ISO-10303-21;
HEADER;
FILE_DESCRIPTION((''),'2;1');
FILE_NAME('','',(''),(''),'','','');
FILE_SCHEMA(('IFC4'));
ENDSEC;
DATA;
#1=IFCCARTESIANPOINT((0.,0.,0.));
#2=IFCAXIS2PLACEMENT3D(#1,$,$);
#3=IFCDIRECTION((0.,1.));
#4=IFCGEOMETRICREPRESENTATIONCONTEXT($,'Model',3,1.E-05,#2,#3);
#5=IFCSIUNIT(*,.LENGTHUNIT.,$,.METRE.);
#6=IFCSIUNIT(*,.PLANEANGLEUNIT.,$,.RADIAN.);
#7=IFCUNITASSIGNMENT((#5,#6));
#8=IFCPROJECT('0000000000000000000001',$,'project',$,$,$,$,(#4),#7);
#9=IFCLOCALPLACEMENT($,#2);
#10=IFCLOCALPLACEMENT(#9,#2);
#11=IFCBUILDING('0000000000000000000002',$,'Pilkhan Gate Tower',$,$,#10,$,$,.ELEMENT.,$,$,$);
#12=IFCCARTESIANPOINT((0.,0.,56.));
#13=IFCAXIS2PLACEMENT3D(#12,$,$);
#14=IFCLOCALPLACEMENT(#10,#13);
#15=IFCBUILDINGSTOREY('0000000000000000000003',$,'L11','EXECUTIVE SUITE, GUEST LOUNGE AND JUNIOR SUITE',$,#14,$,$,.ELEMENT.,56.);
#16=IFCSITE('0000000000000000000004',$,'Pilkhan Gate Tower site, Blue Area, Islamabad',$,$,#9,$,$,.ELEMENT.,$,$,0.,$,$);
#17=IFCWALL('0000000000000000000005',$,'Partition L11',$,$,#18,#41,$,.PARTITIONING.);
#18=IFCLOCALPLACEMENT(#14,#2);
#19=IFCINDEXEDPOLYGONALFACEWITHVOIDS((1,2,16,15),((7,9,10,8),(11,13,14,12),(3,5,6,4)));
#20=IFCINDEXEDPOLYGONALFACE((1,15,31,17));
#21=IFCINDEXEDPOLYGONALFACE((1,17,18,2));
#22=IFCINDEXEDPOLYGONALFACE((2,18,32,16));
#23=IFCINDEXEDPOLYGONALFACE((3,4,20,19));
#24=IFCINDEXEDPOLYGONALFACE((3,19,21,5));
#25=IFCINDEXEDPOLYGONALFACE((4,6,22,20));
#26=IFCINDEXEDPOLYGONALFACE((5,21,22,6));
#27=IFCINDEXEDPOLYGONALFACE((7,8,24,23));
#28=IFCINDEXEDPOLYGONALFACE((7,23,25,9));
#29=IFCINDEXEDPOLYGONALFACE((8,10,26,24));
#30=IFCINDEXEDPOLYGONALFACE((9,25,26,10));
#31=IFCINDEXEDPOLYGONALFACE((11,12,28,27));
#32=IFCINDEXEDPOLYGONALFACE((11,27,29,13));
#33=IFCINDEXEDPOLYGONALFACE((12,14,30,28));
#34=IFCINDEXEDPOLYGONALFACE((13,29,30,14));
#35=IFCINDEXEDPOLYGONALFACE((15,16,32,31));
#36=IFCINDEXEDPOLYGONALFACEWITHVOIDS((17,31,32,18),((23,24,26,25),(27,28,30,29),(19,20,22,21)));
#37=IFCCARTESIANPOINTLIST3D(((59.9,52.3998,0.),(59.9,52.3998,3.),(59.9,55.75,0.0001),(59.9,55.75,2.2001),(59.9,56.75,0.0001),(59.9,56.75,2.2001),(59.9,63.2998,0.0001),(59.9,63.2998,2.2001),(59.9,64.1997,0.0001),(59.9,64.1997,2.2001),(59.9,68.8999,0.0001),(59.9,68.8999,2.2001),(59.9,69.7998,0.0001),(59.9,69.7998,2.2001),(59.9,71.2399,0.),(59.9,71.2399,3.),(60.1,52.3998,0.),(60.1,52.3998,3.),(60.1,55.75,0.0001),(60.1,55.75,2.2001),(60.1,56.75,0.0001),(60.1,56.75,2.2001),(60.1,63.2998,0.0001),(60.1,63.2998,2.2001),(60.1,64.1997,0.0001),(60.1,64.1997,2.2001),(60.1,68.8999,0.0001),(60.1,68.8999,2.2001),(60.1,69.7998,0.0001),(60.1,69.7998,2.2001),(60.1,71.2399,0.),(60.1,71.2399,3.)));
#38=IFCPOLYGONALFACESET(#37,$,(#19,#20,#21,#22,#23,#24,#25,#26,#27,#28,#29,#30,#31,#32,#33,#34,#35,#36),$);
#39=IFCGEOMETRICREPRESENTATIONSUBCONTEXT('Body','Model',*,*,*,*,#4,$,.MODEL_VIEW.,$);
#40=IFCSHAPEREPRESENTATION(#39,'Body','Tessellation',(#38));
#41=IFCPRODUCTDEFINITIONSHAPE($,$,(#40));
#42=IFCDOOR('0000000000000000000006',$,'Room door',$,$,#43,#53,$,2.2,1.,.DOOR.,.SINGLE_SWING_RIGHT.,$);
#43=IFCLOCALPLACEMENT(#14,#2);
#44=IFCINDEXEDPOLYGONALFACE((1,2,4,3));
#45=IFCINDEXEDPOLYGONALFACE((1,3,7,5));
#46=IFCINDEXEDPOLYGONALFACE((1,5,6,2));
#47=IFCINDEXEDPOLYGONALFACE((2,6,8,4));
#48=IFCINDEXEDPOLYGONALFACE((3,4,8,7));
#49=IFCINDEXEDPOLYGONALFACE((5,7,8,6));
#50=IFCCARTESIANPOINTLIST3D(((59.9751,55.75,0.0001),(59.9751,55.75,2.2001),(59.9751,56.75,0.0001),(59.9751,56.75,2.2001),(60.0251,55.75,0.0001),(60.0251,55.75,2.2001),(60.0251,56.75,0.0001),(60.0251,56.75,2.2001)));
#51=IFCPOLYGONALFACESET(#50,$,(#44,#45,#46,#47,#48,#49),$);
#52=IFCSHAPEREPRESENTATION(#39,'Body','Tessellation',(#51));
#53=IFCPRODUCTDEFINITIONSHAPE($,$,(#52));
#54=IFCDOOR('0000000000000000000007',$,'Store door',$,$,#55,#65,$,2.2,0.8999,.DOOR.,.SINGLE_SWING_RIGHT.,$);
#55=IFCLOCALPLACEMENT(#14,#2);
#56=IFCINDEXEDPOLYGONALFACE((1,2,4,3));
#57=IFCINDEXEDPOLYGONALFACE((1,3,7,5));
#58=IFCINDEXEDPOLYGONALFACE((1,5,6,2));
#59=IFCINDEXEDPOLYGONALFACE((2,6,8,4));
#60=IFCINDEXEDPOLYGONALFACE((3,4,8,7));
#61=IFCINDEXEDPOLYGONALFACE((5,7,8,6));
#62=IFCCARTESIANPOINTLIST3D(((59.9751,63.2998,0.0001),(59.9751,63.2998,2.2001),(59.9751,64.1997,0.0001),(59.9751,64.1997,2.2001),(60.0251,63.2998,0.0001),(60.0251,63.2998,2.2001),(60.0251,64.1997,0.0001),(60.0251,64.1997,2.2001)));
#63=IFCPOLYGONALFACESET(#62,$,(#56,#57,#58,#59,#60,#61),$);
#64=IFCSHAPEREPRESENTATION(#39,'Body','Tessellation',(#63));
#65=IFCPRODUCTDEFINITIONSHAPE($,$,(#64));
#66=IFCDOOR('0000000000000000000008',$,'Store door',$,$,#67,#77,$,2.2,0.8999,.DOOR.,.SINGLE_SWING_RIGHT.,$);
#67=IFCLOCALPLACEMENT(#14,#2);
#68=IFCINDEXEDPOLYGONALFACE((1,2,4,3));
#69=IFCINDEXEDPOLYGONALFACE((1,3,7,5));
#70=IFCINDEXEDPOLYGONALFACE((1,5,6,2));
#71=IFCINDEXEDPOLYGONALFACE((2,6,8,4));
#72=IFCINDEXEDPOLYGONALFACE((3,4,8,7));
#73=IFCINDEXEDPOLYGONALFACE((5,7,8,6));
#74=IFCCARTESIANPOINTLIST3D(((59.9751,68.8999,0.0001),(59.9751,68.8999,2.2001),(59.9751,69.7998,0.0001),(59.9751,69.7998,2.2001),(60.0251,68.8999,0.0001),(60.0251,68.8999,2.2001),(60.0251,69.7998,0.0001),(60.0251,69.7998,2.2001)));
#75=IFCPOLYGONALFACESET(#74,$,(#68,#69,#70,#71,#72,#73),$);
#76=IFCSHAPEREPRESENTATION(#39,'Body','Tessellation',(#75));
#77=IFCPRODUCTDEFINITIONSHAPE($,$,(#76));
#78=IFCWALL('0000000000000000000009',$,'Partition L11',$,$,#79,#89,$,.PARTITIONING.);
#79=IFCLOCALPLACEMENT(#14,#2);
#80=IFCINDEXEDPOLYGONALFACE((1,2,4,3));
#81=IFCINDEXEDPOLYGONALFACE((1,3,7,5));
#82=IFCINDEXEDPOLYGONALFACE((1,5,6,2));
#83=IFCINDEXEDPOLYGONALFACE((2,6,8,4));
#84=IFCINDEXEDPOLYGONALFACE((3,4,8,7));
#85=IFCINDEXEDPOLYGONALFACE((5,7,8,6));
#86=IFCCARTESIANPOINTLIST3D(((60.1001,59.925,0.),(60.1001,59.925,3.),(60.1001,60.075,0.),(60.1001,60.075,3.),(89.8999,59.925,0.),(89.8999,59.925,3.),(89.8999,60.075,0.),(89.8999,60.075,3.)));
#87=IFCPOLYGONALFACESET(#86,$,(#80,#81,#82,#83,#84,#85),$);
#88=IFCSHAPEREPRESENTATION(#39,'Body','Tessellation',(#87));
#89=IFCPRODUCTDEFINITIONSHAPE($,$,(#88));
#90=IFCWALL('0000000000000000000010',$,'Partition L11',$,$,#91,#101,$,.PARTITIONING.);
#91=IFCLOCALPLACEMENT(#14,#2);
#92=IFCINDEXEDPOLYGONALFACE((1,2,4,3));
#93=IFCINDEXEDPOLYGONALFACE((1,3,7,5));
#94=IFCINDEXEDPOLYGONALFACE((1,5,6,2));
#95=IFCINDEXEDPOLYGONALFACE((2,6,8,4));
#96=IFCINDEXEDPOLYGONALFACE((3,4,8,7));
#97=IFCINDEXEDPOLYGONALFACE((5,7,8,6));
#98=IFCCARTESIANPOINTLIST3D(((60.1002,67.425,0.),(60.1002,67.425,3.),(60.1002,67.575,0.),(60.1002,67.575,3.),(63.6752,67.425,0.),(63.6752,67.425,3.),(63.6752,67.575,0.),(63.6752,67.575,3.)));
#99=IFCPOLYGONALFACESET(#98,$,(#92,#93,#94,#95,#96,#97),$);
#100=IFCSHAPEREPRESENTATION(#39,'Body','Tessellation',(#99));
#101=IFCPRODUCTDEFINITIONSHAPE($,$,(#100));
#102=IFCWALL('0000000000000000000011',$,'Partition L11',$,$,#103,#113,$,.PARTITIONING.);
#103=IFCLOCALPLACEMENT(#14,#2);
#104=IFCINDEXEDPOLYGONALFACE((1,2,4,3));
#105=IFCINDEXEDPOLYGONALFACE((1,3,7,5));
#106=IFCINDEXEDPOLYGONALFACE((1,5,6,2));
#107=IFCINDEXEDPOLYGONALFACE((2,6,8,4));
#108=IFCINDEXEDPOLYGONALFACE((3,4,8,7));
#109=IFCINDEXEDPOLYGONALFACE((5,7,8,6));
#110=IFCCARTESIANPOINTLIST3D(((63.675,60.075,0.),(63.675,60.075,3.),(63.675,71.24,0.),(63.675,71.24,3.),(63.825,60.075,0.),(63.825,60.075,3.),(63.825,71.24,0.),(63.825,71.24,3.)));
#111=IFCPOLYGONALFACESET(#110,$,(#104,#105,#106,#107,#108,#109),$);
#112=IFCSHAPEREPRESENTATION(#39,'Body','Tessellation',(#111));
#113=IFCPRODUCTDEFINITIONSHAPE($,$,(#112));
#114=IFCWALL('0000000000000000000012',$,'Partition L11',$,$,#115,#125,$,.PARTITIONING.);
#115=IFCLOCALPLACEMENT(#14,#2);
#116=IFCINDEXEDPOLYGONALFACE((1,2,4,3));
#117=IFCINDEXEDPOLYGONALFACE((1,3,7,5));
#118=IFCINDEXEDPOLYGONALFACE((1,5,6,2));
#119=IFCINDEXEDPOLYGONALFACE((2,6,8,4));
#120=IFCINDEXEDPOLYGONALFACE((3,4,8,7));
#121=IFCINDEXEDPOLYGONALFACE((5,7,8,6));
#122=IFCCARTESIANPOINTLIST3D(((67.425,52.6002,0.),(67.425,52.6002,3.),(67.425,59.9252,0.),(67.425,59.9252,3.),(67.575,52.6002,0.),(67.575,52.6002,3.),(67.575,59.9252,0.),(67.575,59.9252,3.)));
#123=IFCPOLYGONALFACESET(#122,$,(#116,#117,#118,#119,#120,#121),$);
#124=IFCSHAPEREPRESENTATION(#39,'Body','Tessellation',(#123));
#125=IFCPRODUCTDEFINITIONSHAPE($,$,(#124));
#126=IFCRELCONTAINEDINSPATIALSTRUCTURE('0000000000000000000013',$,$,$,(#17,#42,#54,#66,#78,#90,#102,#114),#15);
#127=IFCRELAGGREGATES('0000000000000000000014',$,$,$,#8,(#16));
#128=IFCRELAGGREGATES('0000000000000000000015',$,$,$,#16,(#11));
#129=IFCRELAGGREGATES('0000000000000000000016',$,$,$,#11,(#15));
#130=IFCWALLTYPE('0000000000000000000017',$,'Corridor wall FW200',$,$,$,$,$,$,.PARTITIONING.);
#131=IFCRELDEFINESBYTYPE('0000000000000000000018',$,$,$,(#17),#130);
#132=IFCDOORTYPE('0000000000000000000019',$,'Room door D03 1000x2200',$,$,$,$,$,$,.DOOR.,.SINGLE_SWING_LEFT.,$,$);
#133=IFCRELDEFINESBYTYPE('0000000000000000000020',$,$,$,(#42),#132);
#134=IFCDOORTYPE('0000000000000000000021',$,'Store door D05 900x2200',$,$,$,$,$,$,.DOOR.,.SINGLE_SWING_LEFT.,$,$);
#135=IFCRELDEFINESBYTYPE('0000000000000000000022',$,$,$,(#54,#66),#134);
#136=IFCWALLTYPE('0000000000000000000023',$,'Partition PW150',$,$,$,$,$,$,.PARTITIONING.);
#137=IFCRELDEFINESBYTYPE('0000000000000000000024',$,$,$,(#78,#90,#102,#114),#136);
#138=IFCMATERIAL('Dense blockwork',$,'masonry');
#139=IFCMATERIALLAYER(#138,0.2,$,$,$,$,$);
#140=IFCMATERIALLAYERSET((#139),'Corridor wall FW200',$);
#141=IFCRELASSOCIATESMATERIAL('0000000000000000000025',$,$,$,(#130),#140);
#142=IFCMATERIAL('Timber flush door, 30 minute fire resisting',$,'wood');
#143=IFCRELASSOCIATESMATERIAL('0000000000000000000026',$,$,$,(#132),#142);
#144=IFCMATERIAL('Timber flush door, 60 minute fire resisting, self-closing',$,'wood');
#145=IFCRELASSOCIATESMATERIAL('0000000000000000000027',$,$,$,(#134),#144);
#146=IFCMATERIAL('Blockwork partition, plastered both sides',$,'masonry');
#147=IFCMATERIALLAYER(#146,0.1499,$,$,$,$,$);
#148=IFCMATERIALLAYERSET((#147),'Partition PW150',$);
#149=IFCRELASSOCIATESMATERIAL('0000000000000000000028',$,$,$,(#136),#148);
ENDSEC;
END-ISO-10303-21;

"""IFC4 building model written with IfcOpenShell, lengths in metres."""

from ifc_helpers import new_model, si_unit, direction, frame, frame_2d, origin, place, context, subcontext, project, spatial, rectangle, extrude, material, layer, layer_set, type_object, element, fill, save


model = new_model("IFC4")

# Units and contexts
model_context = context("Model", 3, precision=1e-05, world=origin(), true_north=direction((0.0, 1.0)))
body_context = subcontext(model_context, "Body", "Model", "MODEL_VIEW")
ifc_project = project(units=[si_unit("LENGTHUNIT", "METRE"), si_unit("PLANEANGLEUNIT", "RADIAN")], contexts=[model_context])

# Site, building, storey
site_placement = place(None, origin())
site = spatial("IfcSite", under=ifc_project, at=site_placement, Name="Pilkhan Gate Tower site, Blue Area, Islamabad", CompositionType="ELEMENT", RefElevation=0.0)
building_placement = place(site_placement, origin())
building = spatial("IfcBuilding", under=site, at=building_placement, Name="Pilkhan Gate Tower", CompositionType="ELEMENT")
storey_placement = place(building_placement, frame((0.0, 0.0, 56.0)))
storey = spatial("IfcBuildingStorey", under=building, at=storey_placement, Name="L11", Description="EXECUTIVE SUITE, GUEST LOUNGE AND JUNIOR SUITE", CompositionType="ELEMENT", Elevation=56.0)

# Wall, openings, doors
ifc_material_1 = material(Name="Dense blockwork", Category="masonry")
ifc_layer_1 = layer(ifc_material_1, 0.2)
ifc_layer_set_1 = layer_set([ifc_layer_1], Name="Corridor wall FW200")
wall_type_1 = type_object("IfcWallType", Name="Corridor wall FW200", PredefinedType="PARTITIONING", material=ifc_layer_set_1)
ifc_material_2 = material(Name="Timber flush door, 30 minute fire resisting", Category="wood")
door_type_1 = type_object("IfcDoorType", Name="Room door D03 1000x2200", OperationType="SINGLE_SWING_LEFT", PredefinedType="DOOR", material=ifc_material_2)
wall_1_placement = place(storey_placement, frame((60.0, 52.3999, 0.0), z_axis=(0.0, 0.0, 1.0), x_axis=(0.0, 1.0, 0.0)))
wall_1 = element("IfcWall", 1, at=wall_1_placement, inside=storey, type_object=wall_type_1, Name="Partition L11", PredefinedType="PARTITIONING", context=body_context, shape_type="SweptSolid", body=[
    extrude(rectangle(XDim=18.8401, YDim=0.2, at=frame_2d((9.4199, 0.0))), origin(), (0.0, 0.0, 1.0), 3.0),
])
opening_1_placement = place(wall_1_placement, frame((3.3501, 0.0, 0.0)))
opening_1 = element("IfcOpeningElement", 2, at=opening_1_placement, cuts=wall_1, PredefinedType="OPENING", context=body_context, shape_type="SweptSolid", body=[
    extrude(rectangle(XDim=1.0, YDim=2.2, at=frame_2d((0.5, 1.1001))), frame((0.0, 0.1099, 0.0), z_axis=(0.0, -1.0, 0.0), x_axis=(1.0, 0.0, 0.0)), (0.0, 0.0, 1.0), 0.22),
])
opening_2_placement = place(wall_1_placement, frame((10.8999, 0.0, 0.0)))
opening_2 = element("IfcOpeningElement", 3, at=opening_2_placement, cuts=wall_1, PredefinedType="OPENING", context=body_context, shape_type="SweptSolid", body=[
    extrude(rectangle(XDim=0.8999, YDim=2.2, at=frame_2d((0.45, 1.1001))), frame((0.0, 0.1099, 0.0), z_axis=(0.0, -1.0, 0.0), x_axis=(1.0, 0.0, 0.0)), (0.0, 0.0, 1.0), 0.22),
])
opening_3_placement = place(wall_1_placement, frame((16.5, 0.0, 0.0)))
opening_3 = element("IfcOpeningElement", 4, at=opening_3_placement, cuts=wall_1, PredefinedType="OPENING", context=body_context, shape_type="SweptSolid", body=[
    extrude(rectangle(XDim=0.8999, YDim=2.2, at=frame_2d((0.45, 1.1001))), frame((0.0, 0.1099, 0.0), z_axis=(0.0, -1.0, 0.0), x_axis=(1.0, 0.0, 0.0)), (0.0, 0.0, 1.0), 0.22),
])
door_1_placement = place(opening_1_placement, origin())
door_1 = element("IfcDoor", 5, at=door_1_placement, inside=storey, type_object=door_type_1, Name="Room door", OperationType="SINGLE_SWING_RIGHT", OverallHeight=2.2, OverallWidth=1.0, PredefinedType="DOOR", context=body_context, shape_type="SweptSolid", body=[
    extrude(rectangle(XDim=1.0, YDim=2.2, at=frame_2d((0.5, 1.1001))), frame((0.0, 0.0249, 0.0), z_axis=(0.0, -1.0, 0.0), x_axis=(1.0, 0.0, 0.0)), (0.0, 0.0, 1.0), 0.05),
])
fill(opening_1, door_1)
ifc_material_3 = material(Name="Timber flush door, 60 minute fire resisting, self-closing", Category="wood")
door_type_2 = type_object("IfcDoorType", Name="Store door D05 900x2200", OperationType="SINGLE_SWING_LEFT", PredefinedType="DOOR", material=ifc_material_3)
door_2_placement = place(opening_2_placement, origin())
door_2 = element("IfcDoor", 6, at=door_2_placement, inside=storey, type_object=door_type_2, Name="Store door", OperationType="SINGLE_SWING_RIGHT", OverallHeight=2.2, OverallWidth=0.8999, PredefinedType="DOOR", context=body_context, shape_type="SweptSolid", body=[
    extrude(rectangle(XDim=0.8999, YDim=2.2, at=frame_2d((0.45, 1.1001))), frame((0.0, 0.0249, 0.0), z_axis=(0.0, -1.0, 0.0), x_axis=(1.0, 0.0, 0.0)), (0.0, 0.0, 1.0), 0.05),
])
fill(opening_2, door_2)
door_3_placement = place(opening_3_placement, origin())
door_3 = element("IfcDoor", 7, at=door_3_placement, inside=storey, type_object=door_type_2, Name="Store door", OperationType="SINGLE_SWING_RIGHT", OverallHeight=2.2, OverallWidth=0.8999, PredefinedType="DOOR", context=body_context, shape_type="SweptSolid", body=[
    extrude(rectangle(XDim=0.8999, YDim=2.2, at=frame_2d((0.45, 1.1001))), frame((0.0, 0.0249, 0.0), z_axis=(0.0, -1.0, 0.0), x_axis=(1.0, 0.0, 0.0)), (0.0, 0.0, 1.0), 0.05),
])
fill(opening_3, door_3)

# Walls
ifc_material_4 = material(Name="Blockwork partition, plastered both sides", Category="masonry")
ifc_layer_2 = layer(ifc_material_4, 0.1499)
ifc_layer_set_2 = layer_set([ifc_layer_2], Name="Partition PW150")
wall_type_2 = type_object("IfcWallType", Name="Partition PW150", PredefinedType="PARTITIONING", material=ifc_layer_set_2)
wall_2_placement = place(storey_placement, frame((60.1001, 60.0, 0.0), z_axis=(0.0, 0.0, 1.0), x_axis=(1.0, 0.0, 0.0)))
element("IfcWall", 8, at=wall_2_placement, inside=storey, type_object=wall_type_2, Name="Partition L11", PredefinedType="PARTITIONING", context=body_context, shape_type="SweptSolid", body=[
    extrude(rectangle(XDim=29.7998, YDim=0.1499, at=frame_2d((14.8999, 0.0))), origin(), (0.0, 0.0, 1.0), 3.0),
])
wall_3_placement = place(storey_placement, frame((60.1001, 67.5, 0.0), z_axis=(0.0, 0.0, 1.0), x_axis=(1.0, 0.0, 0.0)))
element("IfcWall", 9, at=wall_3_placement, inside=storey, type_object=wall_type_2, Name="Partition L11", PredefinedType="PARTITIONING", context=body_context, shape_type="SweptSolid", body=[
    extrude(rectangle(XDim=3.575, YDim=0.1499, at=frame_2d((1.7876, 0.0))), origin(), (0.0, 0.0, 1.0), 3.0),
])
wall_4_placement = place(storey_placement, frame((63.75, 60.075, 0.0), z_axis=(0.0, 0.0, 1.0), x_axis=(0.0, 1.0, 0.0)))
element("IfcWall", 10, at=wall_4_placement, inside=storey, type_object=wall_type_2, Name="Partition L11", PredefinedType="PARTITIONING", context=body_context, shape_type="SweptSolid", body=[
    extrude(rectangle(XDim=11.165, YDim=0.1499, at=frame_2d((5.5825, 0.0))), origin(), (0.0, 0.0, 1.0), 3.0),
])
wall_5_placement = place(storey_placement, frame((67.5, 52.6001, 0.0), z_axis=(0.0, 0.0, 1.0), x_axis=(0.0, 1.0, 0.0)))
element("IfcWall", 11, at=wall_5_placement, inside=storey, type_object=wall_type_2, Name="Partition L11", PredefinedType="PARTITIONING", context=body_context, shape_type="SweptSolid", body=[
    extrude(rectangle(XDim=7.325, YDim=0.1499, at=frame_2d((3.6626, 0.0))), origin(), (0.0, 0.0, 1.0), 3.0),
])

save(model, "model.ifc")
